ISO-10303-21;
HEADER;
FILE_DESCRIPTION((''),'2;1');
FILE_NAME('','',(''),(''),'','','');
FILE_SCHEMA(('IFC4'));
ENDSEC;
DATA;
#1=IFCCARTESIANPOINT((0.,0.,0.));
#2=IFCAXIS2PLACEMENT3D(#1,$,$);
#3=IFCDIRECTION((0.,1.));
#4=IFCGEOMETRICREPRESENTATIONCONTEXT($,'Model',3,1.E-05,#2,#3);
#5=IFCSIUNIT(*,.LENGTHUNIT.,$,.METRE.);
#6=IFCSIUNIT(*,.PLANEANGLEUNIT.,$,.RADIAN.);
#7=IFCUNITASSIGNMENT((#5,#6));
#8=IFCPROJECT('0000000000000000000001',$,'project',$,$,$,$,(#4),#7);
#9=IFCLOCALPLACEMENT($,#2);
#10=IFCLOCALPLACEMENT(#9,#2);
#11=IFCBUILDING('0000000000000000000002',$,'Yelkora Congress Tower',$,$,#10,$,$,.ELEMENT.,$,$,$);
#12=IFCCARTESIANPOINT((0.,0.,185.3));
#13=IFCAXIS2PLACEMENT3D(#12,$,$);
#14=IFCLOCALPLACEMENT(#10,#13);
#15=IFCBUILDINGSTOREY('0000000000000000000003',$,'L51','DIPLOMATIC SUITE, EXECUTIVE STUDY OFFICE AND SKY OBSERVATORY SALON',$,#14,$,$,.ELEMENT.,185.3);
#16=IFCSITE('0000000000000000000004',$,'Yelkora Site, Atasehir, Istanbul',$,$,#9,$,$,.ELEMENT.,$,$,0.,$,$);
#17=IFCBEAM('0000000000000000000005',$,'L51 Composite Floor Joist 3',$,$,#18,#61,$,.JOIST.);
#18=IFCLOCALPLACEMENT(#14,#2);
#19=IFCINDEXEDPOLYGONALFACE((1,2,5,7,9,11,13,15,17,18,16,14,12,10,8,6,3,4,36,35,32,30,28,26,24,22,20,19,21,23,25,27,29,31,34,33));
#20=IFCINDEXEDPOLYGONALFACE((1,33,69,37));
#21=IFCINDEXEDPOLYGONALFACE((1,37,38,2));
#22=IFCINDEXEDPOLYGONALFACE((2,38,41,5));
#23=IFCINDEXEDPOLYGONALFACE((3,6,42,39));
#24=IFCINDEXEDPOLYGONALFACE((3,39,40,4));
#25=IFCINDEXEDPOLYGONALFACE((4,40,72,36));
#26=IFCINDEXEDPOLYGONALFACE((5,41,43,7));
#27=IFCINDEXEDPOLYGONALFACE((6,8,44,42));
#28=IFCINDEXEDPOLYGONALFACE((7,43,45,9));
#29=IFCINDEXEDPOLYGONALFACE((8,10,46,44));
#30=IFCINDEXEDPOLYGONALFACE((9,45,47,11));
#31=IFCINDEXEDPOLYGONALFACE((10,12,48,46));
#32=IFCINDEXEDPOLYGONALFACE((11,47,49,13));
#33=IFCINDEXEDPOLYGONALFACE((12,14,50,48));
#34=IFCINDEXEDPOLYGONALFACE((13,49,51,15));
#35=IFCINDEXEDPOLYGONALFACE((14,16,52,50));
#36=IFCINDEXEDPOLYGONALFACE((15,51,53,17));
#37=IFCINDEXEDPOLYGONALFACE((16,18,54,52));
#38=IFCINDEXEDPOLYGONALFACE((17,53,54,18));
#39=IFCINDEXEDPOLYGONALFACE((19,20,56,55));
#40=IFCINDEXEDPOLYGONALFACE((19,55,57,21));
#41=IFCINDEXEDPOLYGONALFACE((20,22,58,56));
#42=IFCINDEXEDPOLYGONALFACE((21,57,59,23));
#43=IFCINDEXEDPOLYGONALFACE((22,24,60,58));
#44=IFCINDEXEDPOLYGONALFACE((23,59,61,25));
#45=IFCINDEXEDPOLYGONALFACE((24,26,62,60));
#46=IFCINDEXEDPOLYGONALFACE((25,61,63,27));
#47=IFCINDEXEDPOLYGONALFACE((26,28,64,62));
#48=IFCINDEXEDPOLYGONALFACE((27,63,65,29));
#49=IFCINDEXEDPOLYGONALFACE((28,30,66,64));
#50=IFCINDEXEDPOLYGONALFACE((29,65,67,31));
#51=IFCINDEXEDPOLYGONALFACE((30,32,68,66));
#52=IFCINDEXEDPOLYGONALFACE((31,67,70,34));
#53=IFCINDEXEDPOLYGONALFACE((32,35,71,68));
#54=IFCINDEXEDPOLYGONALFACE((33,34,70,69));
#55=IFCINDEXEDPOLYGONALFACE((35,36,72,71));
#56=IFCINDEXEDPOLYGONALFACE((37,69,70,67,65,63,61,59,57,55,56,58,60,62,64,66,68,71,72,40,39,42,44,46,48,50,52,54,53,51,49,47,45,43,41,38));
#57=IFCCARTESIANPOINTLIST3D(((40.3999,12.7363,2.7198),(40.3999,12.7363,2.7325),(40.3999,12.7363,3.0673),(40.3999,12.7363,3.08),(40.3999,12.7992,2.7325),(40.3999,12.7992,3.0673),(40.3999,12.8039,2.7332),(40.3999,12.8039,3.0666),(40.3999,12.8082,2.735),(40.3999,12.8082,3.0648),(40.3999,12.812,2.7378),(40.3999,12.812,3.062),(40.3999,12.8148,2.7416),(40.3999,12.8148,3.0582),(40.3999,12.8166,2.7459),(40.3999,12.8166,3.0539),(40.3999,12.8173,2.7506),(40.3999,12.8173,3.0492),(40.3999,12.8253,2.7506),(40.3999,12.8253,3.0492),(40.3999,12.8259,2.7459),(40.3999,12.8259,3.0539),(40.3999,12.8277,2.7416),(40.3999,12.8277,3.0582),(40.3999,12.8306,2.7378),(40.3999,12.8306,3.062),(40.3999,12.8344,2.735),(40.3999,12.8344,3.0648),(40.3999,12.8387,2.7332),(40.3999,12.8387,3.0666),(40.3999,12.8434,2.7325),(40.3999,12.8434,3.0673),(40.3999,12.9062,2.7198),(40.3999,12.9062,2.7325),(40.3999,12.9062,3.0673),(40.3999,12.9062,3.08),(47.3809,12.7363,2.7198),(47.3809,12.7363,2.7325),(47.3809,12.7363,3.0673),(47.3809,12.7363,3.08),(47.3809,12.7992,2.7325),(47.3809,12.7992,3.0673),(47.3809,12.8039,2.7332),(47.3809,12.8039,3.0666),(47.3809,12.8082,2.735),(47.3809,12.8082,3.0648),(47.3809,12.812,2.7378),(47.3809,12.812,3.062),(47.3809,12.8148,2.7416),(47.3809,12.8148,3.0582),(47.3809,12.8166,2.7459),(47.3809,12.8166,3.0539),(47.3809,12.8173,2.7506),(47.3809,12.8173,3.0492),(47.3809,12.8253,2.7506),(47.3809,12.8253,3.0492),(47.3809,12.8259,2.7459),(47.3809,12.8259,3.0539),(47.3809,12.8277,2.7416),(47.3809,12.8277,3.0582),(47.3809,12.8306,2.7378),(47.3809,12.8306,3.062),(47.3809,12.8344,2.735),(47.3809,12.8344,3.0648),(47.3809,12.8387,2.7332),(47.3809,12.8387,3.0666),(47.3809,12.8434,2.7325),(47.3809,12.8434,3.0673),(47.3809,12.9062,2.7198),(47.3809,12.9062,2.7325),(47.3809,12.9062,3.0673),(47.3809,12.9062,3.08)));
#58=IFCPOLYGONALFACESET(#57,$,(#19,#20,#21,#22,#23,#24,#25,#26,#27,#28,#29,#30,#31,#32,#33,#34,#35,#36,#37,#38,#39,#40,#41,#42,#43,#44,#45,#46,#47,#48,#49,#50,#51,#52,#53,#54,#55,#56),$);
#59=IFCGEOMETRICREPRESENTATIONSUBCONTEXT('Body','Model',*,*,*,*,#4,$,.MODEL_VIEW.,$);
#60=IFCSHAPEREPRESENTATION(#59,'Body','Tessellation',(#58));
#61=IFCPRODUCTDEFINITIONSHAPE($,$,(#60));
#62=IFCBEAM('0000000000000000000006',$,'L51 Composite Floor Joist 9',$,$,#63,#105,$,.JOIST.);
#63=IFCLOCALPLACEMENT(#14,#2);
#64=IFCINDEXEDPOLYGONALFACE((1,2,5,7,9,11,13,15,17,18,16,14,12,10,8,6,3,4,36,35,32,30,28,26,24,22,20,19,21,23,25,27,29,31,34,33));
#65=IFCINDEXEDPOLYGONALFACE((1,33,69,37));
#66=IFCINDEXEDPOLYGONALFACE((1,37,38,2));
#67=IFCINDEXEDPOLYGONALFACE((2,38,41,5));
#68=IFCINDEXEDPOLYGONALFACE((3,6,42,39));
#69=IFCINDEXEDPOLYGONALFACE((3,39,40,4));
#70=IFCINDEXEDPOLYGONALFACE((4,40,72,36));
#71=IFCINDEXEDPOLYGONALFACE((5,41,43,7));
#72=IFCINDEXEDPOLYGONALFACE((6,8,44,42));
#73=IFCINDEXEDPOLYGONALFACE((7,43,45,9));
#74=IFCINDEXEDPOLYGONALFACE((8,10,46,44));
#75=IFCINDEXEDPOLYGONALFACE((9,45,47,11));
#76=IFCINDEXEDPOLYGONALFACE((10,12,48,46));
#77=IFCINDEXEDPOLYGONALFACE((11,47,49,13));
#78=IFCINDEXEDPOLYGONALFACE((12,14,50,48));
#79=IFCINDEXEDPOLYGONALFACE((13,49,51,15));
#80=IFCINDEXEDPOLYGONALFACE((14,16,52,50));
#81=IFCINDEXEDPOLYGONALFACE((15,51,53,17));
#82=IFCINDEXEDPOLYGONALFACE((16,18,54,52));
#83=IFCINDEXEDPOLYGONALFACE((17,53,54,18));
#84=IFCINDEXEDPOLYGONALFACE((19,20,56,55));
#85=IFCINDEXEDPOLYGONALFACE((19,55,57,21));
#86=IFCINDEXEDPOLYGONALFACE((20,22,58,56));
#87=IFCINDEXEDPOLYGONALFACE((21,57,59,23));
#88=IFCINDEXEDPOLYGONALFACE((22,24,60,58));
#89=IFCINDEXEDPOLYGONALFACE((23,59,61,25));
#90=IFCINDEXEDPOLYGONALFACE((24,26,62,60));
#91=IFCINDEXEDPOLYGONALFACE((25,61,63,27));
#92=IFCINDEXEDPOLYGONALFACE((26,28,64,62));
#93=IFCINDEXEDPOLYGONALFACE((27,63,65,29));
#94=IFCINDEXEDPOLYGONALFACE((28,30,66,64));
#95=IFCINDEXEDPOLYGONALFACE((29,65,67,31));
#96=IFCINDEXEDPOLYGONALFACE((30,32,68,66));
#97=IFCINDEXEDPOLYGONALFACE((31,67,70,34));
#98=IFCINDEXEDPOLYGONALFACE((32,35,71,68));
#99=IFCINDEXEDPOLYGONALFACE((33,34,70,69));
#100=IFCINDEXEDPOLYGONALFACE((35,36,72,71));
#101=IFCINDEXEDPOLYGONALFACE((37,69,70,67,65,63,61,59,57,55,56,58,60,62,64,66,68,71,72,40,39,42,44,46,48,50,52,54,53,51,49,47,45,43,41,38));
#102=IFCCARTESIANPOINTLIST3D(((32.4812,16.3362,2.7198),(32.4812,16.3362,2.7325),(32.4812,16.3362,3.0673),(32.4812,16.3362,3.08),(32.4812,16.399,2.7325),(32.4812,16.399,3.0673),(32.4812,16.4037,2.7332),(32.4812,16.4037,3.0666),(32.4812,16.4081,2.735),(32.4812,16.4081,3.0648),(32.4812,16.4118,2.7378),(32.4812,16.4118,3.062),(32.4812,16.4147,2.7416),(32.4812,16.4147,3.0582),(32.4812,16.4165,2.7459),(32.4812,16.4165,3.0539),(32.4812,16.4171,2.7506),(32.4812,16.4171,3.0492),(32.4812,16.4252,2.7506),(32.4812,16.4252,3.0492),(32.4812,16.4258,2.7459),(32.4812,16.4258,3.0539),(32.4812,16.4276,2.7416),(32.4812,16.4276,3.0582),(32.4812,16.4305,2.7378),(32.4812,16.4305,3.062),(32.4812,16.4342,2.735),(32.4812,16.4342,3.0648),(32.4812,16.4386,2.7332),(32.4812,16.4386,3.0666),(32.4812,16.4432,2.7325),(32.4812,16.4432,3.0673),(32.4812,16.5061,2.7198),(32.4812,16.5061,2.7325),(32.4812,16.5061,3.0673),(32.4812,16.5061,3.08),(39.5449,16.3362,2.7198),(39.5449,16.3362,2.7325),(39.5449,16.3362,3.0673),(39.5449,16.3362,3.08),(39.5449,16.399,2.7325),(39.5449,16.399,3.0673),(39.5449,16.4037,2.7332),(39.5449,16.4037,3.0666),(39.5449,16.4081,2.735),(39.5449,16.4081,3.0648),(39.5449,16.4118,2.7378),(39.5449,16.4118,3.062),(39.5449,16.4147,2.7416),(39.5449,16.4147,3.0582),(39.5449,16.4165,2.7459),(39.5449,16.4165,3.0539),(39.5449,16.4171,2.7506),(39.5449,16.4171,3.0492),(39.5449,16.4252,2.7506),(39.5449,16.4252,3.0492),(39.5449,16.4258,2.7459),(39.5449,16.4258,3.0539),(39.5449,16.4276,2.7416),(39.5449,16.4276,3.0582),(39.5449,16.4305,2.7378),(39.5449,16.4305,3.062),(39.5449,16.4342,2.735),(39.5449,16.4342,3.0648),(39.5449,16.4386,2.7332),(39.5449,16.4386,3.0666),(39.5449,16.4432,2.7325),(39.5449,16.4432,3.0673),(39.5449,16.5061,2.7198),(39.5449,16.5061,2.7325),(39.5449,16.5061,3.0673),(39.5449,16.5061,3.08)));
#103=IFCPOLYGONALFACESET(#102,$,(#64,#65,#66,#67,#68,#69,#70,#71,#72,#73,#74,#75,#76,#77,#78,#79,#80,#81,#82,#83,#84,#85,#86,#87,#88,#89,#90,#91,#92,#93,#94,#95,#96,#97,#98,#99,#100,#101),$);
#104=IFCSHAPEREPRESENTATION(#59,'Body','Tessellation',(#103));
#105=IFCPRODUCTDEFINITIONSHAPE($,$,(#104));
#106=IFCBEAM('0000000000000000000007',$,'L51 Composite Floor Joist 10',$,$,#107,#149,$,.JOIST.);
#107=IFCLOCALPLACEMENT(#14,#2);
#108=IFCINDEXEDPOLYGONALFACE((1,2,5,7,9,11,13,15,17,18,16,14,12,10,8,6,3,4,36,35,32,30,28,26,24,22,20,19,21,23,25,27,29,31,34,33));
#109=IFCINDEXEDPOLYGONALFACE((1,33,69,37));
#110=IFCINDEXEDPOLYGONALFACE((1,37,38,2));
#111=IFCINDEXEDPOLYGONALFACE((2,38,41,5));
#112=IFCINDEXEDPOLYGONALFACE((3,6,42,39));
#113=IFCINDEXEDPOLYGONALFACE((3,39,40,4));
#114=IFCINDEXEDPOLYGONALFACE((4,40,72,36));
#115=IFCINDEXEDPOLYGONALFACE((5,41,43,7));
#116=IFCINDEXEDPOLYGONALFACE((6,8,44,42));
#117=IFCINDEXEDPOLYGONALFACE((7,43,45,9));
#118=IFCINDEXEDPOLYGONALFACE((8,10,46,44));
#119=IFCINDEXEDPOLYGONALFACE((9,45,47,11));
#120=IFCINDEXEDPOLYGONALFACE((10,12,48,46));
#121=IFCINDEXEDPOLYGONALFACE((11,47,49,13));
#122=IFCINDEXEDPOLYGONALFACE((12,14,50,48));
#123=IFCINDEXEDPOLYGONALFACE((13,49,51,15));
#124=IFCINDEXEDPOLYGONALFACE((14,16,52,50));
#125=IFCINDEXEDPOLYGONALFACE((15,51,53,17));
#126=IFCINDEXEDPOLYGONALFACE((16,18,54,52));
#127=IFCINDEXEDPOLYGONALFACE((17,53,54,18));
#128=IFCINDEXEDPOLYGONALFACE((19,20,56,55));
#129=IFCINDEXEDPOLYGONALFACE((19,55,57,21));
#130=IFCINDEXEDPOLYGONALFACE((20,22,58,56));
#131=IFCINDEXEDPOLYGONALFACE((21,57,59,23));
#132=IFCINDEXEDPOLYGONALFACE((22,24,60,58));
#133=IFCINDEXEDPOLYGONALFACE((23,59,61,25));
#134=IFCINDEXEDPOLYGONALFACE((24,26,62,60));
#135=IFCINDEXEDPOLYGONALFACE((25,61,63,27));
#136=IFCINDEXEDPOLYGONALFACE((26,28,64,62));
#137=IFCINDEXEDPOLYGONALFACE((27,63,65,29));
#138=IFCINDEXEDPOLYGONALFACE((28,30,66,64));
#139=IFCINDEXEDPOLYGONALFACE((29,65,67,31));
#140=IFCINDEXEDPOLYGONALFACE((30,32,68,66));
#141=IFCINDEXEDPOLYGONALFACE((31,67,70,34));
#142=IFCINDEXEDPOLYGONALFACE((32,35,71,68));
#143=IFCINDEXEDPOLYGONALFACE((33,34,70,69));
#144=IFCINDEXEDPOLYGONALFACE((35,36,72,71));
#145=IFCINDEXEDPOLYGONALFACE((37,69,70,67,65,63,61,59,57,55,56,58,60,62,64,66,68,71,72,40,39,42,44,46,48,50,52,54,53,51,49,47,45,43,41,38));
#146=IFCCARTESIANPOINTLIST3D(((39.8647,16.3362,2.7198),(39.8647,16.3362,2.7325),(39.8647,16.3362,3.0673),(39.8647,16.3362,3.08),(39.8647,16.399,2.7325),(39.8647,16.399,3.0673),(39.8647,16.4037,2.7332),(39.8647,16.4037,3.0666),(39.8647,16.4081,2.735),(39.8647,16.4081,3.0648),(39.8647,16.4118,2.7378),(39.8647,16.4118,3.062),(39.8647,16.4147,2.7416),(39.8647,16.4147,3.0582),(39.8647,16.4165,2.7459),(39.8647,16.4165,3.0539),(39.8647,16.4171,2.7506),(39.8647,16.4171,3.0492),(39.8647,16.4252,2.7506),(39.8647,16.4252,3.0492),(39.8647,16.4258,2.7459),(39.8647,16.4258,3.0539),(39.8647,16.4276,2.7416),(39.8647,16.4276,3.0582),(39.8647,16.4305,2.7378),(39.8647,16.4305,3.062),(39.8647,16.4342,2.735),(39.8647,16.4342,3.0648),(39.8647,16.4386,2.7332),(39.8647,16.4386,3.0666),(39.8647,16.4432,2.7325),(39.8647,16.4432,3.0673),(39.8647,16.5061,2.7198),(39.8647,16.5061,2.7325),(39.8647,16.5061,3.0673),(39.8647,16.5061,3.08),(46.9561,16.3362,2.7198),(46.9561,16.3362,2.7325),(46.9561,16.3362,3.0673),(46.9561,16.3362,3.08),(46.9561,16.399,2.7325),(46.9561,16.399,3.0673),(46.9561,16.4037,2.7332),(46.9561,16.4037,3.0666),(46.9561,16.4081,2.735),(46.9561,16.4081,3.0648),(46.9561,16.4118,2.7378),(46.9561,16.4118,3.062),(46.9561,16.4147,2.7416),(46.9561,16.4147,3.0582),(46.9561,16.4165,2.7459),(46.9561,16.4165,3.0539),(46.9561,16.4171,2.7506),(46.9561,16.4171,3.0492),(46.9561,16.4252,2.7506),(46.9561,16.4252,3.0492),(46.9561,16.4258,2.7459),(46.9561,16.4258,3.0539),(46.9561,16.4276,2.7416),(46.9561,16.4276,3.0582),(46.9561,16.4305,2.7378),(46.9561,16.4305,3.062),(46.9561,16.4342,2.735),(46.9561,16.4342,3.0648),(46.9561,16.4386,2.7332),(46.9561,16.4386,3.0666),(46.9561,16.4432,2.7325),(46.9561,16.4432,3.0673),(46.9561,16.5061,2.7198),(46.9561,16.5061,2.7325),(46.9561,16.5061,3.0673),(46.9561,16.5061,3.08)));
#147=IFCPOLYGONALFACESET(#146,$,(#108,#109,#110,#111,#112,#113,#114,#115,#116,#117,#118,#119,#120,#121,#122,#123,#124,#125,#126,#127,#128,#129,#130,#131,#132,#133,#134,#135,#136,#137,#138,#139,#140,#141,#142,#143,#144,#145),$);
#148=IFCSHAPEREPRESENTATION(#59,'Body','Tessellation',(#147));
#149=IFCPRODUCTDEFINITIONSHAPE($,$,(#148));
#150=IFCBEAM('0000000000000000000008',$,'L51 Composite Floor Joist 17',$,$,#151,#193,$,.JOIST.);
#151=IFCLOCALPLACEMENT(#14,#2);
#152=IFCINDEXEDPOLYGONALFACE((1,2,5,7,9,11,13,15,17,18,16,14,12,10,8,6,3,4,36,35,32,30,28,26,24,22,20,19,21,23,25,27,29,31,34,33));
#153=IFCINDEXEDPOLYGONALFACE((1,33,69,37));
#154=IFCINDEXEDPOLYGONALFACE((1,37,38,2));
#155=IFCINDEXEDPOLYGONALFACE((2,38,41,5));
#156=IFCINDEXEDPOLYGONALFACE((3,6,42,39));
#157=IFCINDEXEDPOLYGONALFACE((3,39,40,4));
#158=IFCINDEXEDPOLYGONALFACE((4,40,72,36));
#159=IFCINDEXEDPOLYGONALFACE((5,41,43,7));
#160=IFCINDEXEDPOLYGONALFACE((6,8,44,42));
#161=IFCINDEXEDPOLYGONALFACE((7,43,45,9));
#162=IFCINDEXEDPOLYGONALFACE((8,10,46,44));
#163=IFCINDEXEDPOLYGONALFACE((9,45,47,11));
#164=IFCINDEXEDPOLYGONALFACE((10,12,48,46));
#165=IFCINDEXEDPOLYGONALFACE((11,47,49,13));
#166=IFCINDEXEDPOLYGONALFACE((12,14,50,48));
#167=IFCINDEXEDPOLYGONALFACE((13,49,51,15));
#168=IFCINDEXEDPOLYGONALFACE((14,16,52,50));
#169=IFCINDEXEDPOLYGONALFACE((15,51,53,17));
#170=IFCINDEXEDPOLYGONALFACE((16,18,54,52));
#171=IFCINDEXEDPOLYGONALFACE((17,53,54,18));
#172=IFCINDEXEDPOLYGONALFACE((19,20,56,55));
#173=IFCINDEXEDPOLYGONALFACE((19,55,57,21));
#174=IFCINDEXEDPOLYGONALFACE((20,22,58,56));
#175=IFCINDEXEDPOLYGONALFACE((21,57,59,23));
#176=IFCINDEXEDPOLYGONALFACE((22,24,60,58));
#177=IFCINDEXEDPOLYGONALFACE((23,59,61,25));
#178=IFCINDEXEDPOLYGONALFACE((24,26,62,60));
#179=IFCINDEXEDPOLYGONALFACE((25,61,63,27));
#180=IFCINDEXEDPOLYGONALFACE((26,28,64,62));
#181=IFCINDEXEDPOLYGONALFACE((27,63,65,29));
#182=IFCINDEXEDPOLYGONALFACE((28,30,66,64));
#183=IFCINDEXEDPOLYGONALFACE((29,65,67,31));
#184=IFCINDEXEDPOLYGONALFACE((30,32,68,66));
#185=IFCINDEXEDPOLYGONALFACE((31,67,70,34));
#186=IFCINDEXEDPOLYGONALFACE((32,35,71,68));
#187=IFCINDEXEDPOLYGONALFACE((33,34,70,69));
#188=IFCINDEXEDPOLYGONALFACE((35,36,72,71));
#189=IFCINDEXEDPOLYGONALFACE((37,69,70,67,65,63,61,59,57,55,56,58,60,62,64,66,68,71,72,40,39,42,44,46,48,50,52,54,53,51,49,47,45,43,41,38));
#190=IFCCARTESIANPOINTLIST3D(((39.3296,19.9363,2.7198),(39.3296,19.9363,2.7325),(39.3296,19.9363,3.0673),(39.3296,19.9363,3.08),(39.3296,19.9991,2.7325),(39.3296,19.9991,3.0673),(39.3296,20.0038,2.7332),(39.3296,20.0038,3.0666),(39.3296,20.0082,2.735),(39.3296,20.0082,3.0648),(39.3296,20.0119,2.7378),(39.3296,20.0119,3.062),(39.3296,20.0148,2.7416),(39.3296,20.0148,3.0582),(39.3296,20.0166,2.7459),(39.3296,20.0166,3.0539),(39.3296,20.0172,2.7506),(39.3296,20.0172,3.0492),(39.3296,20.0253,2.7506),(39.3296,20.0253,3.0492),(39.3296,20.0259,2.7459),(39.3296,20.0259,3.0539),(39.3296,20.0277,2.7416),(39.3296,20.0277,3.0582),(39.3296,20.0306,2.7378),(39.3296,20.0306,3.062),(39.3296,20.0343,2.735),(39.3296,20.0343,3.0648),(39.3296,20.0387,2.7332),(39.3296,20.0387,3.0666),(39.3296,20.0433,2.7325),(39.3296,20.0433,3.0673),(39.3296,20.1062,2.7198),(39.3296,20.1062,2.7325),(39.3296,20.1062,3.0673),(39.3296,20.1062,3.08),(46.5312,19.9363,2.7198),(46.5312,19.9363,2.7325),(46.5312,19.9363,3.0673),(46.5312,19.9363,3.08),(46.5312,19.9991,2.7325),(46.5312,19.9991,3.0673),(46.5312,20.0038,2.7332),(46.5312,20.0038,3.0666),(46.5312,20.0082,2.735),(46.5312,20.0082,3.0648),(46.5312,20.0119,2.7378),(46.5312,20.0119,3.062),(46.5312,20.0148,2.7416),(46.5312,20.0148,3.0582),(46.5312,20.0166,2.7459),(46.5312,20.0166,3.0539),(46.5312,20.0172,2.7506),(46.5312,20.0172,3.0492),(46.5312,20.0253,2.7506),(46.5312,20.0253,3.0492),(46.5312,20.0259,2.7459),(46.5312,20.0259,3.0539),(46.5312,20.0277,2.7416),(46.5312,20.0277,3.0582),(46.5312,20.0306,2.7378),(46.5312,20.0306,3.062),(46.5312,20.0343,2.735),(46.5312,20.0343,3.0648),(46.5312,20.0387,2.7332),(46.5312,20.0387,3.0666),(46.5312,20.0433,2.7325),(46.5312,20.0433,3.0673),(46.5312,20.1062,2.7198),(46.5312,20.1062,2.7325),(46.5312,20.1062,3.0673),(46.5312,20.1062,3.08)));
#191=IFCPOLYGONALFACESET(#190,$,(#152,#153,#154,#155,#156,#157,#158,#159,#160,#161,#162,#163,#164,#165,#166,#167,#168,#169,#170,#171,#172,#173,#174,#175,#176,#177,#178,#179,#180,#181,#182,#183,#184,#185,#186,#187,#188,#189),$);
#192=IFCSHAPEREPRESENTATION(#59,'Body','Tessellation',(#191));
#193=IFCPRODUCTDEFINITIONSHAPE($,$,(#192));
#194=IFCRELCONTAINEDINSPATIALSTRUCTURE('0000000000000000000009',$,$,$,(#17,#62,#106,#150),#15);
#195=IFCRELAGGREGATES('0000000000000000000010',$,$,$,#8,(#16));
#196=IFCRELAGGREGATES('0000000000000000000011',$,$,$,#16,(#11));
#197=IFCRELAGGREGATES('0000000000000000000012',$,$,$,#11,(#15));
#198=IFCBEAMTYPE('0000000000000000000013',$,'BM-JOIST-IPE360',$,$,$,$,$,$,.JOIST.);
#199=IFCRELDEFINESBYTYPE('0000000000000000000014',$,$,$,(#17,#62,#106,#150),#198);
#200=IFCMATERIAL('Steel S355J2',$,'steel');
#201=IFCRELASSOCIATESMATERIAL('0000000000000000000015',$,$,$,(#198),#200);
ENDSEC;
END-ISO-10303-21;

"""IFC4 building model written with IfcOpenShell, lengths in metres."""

from ifc_helpers import new_model, si_unit, direction, frame, origin, origin_2d, place, context, subcontext, project, spatial, i_section, extrude, material, material_profile, profile_set, type_object, element, save


model = new_model("IFC4")

# Units and contexts
model_context = context("Model", 3, precision=1e-05, world=origin(), true_north=direction((0.0, 1.0)))
body_context = subcontext(model_context, "Body", "Model", "MODEL_VIEW")
ifc_project = project(units=[si_unit("LENGTHUNIT", "METRE"), si_unit("PLANEANGLEUNIT", "RADIAN")], contexts=[model_context])

# Site, building, storey
site_placement = place(None, origin())
site = spatial("IfcSite", under=ifc_project, at=site_placement, Name="Yelkora Site, Atasehir, Istanbul", CompositionType="ELEMENT", RefElevation=0.0)
building_placement = place(site_placement, origin())
building = spatial("IfcBuilding", under=site, at=building_placement, Name="Yelkora Congress Tower", CompositionType="ELEMENT")
storey_placement = place(building_placement, frame((0.0, 0.0, 185.3)))
storey = spatial("IfcBuildingStorey", under=building, at=storey_placement, Name="L51", Description="DIPLOMATIC SUITE, EXECUTIVE STUDY OFFICE AND SKY OBSERVATORY SALON", CompositionType="ELEMENT", Elevation=185.3)

# Beams
ifc_material_1 = material(Name="Steel S355J2", Category="steel")
ifc_material_profile_1 = material_profile(ifc_material_1, i_section(OverallWidth=0.1699, OverallDepth=0.3601, WebThickness=0.0081, FlangeThickness=0.0127, FilletRadius=0.0181, at=origin_2d()), Name="IPE 360")
ifc_profile_set_1 = profile_set([ifc_material_profile_1], Name="Steel S355J2")
beam_type_1 = type_object("IfcBeamType", Name="BM-JOIST-IPE360", PredefinedType="JOIST", material=ifc_profile_set_1)
beam_1_placement = place(storey_placement, frame((40.3999, 12.8213, 2.8999), z_axis=(1.0, 0.0, 0.0), x_axis=(0.0, 1.0, 0.0)))
element("IfcBeam", 1, at=beam_1_placement, inside=storey, type_object=beam_type_1, Name="L51 Composite Floor Joist 3", PredefinedType="JOIST", context=body_context, shape_type="SweptSolid", body=[
    extrude(i_section(OverallWidth=0.1699, OverallDepth=0.3601, WebThickness=0.0081, FlangeThickness=0.0127, FilletRadius=0.0181, at=origin_2d()), origin(), (0.0, 0.0, 1.0), 6.981),
])
beam_2_placement = place(storey_placement, frame((32.4812, 16.4211, 2.8999), z_axis=(1.0, 0.0, 0.0), x_axis=(0.0, 1.0, 0.0)))
element("IfcBeam", 2, at=beam_2_placement, inside=storey, type_object=beam_type_1, Name="L51 Composite Floor Joist 9", PredefinedType="JOIST", context=body_context, shape_type="SweptSolid", body=[
    extrude(i_section(OverallWidth=0.1699, OverallDepth=0.3601, WebThickness=0.0081, FlangeThickness=0.0127, FilletRadius=0.0181, at=origin_2d()), origin(), (0.0, 0.0, 1.0), 7.0637),
])
beam_3_placement = place(storey_placement, frame((39.8647, 16.4211, 2.8999), z_axis=(1.0, 0.0, 0.0), x_axis=(0.0, 1.0, 0.0)))
element("IfcBeam", 3, at=beam_3_placement, inside=storey, type_object=beam_type_1, Name="L51 Composite Floor Joist 10", PredefinedType="JOIST", context=body_context, shape_type="SweptSolid", body=[
    extrude(i_section(OverallWidth=0.1699, OverallDepth=0.3601, WebThickness=0.0081, FlangeThickness=0.0127, FilletRadius=0.0181, at=origin_2d()), origin(), (0.0, 0.0, 1.0), 7.0913),
])
beam_4_placement = place(storey_placement, frame((39.3296, 20.0212, 2.8999), z_axis=(1.0, 0.0, 0.0), x_axis=(0.0, 1.0, 0.0)))
element("IfcBeam", 4, at=beam_4_placement, inside=storey, type_object=beam_type_1, Name="L51 Composite Floor Joist 17", PredefinedType="JOIST", context=body_context, shape_type="SweptSolid", body=[
    extrude(i_section(OverallWidth=0.1699, OverallDepth=0.3601, WebThickness=0.0081, FlangeThickness=0.0127, FilletRadius=0.0181, at=origin_2d()), origin(), (0.0, 0.0, 1.0), 7.2017),
])

save(model, "model.ifc")
